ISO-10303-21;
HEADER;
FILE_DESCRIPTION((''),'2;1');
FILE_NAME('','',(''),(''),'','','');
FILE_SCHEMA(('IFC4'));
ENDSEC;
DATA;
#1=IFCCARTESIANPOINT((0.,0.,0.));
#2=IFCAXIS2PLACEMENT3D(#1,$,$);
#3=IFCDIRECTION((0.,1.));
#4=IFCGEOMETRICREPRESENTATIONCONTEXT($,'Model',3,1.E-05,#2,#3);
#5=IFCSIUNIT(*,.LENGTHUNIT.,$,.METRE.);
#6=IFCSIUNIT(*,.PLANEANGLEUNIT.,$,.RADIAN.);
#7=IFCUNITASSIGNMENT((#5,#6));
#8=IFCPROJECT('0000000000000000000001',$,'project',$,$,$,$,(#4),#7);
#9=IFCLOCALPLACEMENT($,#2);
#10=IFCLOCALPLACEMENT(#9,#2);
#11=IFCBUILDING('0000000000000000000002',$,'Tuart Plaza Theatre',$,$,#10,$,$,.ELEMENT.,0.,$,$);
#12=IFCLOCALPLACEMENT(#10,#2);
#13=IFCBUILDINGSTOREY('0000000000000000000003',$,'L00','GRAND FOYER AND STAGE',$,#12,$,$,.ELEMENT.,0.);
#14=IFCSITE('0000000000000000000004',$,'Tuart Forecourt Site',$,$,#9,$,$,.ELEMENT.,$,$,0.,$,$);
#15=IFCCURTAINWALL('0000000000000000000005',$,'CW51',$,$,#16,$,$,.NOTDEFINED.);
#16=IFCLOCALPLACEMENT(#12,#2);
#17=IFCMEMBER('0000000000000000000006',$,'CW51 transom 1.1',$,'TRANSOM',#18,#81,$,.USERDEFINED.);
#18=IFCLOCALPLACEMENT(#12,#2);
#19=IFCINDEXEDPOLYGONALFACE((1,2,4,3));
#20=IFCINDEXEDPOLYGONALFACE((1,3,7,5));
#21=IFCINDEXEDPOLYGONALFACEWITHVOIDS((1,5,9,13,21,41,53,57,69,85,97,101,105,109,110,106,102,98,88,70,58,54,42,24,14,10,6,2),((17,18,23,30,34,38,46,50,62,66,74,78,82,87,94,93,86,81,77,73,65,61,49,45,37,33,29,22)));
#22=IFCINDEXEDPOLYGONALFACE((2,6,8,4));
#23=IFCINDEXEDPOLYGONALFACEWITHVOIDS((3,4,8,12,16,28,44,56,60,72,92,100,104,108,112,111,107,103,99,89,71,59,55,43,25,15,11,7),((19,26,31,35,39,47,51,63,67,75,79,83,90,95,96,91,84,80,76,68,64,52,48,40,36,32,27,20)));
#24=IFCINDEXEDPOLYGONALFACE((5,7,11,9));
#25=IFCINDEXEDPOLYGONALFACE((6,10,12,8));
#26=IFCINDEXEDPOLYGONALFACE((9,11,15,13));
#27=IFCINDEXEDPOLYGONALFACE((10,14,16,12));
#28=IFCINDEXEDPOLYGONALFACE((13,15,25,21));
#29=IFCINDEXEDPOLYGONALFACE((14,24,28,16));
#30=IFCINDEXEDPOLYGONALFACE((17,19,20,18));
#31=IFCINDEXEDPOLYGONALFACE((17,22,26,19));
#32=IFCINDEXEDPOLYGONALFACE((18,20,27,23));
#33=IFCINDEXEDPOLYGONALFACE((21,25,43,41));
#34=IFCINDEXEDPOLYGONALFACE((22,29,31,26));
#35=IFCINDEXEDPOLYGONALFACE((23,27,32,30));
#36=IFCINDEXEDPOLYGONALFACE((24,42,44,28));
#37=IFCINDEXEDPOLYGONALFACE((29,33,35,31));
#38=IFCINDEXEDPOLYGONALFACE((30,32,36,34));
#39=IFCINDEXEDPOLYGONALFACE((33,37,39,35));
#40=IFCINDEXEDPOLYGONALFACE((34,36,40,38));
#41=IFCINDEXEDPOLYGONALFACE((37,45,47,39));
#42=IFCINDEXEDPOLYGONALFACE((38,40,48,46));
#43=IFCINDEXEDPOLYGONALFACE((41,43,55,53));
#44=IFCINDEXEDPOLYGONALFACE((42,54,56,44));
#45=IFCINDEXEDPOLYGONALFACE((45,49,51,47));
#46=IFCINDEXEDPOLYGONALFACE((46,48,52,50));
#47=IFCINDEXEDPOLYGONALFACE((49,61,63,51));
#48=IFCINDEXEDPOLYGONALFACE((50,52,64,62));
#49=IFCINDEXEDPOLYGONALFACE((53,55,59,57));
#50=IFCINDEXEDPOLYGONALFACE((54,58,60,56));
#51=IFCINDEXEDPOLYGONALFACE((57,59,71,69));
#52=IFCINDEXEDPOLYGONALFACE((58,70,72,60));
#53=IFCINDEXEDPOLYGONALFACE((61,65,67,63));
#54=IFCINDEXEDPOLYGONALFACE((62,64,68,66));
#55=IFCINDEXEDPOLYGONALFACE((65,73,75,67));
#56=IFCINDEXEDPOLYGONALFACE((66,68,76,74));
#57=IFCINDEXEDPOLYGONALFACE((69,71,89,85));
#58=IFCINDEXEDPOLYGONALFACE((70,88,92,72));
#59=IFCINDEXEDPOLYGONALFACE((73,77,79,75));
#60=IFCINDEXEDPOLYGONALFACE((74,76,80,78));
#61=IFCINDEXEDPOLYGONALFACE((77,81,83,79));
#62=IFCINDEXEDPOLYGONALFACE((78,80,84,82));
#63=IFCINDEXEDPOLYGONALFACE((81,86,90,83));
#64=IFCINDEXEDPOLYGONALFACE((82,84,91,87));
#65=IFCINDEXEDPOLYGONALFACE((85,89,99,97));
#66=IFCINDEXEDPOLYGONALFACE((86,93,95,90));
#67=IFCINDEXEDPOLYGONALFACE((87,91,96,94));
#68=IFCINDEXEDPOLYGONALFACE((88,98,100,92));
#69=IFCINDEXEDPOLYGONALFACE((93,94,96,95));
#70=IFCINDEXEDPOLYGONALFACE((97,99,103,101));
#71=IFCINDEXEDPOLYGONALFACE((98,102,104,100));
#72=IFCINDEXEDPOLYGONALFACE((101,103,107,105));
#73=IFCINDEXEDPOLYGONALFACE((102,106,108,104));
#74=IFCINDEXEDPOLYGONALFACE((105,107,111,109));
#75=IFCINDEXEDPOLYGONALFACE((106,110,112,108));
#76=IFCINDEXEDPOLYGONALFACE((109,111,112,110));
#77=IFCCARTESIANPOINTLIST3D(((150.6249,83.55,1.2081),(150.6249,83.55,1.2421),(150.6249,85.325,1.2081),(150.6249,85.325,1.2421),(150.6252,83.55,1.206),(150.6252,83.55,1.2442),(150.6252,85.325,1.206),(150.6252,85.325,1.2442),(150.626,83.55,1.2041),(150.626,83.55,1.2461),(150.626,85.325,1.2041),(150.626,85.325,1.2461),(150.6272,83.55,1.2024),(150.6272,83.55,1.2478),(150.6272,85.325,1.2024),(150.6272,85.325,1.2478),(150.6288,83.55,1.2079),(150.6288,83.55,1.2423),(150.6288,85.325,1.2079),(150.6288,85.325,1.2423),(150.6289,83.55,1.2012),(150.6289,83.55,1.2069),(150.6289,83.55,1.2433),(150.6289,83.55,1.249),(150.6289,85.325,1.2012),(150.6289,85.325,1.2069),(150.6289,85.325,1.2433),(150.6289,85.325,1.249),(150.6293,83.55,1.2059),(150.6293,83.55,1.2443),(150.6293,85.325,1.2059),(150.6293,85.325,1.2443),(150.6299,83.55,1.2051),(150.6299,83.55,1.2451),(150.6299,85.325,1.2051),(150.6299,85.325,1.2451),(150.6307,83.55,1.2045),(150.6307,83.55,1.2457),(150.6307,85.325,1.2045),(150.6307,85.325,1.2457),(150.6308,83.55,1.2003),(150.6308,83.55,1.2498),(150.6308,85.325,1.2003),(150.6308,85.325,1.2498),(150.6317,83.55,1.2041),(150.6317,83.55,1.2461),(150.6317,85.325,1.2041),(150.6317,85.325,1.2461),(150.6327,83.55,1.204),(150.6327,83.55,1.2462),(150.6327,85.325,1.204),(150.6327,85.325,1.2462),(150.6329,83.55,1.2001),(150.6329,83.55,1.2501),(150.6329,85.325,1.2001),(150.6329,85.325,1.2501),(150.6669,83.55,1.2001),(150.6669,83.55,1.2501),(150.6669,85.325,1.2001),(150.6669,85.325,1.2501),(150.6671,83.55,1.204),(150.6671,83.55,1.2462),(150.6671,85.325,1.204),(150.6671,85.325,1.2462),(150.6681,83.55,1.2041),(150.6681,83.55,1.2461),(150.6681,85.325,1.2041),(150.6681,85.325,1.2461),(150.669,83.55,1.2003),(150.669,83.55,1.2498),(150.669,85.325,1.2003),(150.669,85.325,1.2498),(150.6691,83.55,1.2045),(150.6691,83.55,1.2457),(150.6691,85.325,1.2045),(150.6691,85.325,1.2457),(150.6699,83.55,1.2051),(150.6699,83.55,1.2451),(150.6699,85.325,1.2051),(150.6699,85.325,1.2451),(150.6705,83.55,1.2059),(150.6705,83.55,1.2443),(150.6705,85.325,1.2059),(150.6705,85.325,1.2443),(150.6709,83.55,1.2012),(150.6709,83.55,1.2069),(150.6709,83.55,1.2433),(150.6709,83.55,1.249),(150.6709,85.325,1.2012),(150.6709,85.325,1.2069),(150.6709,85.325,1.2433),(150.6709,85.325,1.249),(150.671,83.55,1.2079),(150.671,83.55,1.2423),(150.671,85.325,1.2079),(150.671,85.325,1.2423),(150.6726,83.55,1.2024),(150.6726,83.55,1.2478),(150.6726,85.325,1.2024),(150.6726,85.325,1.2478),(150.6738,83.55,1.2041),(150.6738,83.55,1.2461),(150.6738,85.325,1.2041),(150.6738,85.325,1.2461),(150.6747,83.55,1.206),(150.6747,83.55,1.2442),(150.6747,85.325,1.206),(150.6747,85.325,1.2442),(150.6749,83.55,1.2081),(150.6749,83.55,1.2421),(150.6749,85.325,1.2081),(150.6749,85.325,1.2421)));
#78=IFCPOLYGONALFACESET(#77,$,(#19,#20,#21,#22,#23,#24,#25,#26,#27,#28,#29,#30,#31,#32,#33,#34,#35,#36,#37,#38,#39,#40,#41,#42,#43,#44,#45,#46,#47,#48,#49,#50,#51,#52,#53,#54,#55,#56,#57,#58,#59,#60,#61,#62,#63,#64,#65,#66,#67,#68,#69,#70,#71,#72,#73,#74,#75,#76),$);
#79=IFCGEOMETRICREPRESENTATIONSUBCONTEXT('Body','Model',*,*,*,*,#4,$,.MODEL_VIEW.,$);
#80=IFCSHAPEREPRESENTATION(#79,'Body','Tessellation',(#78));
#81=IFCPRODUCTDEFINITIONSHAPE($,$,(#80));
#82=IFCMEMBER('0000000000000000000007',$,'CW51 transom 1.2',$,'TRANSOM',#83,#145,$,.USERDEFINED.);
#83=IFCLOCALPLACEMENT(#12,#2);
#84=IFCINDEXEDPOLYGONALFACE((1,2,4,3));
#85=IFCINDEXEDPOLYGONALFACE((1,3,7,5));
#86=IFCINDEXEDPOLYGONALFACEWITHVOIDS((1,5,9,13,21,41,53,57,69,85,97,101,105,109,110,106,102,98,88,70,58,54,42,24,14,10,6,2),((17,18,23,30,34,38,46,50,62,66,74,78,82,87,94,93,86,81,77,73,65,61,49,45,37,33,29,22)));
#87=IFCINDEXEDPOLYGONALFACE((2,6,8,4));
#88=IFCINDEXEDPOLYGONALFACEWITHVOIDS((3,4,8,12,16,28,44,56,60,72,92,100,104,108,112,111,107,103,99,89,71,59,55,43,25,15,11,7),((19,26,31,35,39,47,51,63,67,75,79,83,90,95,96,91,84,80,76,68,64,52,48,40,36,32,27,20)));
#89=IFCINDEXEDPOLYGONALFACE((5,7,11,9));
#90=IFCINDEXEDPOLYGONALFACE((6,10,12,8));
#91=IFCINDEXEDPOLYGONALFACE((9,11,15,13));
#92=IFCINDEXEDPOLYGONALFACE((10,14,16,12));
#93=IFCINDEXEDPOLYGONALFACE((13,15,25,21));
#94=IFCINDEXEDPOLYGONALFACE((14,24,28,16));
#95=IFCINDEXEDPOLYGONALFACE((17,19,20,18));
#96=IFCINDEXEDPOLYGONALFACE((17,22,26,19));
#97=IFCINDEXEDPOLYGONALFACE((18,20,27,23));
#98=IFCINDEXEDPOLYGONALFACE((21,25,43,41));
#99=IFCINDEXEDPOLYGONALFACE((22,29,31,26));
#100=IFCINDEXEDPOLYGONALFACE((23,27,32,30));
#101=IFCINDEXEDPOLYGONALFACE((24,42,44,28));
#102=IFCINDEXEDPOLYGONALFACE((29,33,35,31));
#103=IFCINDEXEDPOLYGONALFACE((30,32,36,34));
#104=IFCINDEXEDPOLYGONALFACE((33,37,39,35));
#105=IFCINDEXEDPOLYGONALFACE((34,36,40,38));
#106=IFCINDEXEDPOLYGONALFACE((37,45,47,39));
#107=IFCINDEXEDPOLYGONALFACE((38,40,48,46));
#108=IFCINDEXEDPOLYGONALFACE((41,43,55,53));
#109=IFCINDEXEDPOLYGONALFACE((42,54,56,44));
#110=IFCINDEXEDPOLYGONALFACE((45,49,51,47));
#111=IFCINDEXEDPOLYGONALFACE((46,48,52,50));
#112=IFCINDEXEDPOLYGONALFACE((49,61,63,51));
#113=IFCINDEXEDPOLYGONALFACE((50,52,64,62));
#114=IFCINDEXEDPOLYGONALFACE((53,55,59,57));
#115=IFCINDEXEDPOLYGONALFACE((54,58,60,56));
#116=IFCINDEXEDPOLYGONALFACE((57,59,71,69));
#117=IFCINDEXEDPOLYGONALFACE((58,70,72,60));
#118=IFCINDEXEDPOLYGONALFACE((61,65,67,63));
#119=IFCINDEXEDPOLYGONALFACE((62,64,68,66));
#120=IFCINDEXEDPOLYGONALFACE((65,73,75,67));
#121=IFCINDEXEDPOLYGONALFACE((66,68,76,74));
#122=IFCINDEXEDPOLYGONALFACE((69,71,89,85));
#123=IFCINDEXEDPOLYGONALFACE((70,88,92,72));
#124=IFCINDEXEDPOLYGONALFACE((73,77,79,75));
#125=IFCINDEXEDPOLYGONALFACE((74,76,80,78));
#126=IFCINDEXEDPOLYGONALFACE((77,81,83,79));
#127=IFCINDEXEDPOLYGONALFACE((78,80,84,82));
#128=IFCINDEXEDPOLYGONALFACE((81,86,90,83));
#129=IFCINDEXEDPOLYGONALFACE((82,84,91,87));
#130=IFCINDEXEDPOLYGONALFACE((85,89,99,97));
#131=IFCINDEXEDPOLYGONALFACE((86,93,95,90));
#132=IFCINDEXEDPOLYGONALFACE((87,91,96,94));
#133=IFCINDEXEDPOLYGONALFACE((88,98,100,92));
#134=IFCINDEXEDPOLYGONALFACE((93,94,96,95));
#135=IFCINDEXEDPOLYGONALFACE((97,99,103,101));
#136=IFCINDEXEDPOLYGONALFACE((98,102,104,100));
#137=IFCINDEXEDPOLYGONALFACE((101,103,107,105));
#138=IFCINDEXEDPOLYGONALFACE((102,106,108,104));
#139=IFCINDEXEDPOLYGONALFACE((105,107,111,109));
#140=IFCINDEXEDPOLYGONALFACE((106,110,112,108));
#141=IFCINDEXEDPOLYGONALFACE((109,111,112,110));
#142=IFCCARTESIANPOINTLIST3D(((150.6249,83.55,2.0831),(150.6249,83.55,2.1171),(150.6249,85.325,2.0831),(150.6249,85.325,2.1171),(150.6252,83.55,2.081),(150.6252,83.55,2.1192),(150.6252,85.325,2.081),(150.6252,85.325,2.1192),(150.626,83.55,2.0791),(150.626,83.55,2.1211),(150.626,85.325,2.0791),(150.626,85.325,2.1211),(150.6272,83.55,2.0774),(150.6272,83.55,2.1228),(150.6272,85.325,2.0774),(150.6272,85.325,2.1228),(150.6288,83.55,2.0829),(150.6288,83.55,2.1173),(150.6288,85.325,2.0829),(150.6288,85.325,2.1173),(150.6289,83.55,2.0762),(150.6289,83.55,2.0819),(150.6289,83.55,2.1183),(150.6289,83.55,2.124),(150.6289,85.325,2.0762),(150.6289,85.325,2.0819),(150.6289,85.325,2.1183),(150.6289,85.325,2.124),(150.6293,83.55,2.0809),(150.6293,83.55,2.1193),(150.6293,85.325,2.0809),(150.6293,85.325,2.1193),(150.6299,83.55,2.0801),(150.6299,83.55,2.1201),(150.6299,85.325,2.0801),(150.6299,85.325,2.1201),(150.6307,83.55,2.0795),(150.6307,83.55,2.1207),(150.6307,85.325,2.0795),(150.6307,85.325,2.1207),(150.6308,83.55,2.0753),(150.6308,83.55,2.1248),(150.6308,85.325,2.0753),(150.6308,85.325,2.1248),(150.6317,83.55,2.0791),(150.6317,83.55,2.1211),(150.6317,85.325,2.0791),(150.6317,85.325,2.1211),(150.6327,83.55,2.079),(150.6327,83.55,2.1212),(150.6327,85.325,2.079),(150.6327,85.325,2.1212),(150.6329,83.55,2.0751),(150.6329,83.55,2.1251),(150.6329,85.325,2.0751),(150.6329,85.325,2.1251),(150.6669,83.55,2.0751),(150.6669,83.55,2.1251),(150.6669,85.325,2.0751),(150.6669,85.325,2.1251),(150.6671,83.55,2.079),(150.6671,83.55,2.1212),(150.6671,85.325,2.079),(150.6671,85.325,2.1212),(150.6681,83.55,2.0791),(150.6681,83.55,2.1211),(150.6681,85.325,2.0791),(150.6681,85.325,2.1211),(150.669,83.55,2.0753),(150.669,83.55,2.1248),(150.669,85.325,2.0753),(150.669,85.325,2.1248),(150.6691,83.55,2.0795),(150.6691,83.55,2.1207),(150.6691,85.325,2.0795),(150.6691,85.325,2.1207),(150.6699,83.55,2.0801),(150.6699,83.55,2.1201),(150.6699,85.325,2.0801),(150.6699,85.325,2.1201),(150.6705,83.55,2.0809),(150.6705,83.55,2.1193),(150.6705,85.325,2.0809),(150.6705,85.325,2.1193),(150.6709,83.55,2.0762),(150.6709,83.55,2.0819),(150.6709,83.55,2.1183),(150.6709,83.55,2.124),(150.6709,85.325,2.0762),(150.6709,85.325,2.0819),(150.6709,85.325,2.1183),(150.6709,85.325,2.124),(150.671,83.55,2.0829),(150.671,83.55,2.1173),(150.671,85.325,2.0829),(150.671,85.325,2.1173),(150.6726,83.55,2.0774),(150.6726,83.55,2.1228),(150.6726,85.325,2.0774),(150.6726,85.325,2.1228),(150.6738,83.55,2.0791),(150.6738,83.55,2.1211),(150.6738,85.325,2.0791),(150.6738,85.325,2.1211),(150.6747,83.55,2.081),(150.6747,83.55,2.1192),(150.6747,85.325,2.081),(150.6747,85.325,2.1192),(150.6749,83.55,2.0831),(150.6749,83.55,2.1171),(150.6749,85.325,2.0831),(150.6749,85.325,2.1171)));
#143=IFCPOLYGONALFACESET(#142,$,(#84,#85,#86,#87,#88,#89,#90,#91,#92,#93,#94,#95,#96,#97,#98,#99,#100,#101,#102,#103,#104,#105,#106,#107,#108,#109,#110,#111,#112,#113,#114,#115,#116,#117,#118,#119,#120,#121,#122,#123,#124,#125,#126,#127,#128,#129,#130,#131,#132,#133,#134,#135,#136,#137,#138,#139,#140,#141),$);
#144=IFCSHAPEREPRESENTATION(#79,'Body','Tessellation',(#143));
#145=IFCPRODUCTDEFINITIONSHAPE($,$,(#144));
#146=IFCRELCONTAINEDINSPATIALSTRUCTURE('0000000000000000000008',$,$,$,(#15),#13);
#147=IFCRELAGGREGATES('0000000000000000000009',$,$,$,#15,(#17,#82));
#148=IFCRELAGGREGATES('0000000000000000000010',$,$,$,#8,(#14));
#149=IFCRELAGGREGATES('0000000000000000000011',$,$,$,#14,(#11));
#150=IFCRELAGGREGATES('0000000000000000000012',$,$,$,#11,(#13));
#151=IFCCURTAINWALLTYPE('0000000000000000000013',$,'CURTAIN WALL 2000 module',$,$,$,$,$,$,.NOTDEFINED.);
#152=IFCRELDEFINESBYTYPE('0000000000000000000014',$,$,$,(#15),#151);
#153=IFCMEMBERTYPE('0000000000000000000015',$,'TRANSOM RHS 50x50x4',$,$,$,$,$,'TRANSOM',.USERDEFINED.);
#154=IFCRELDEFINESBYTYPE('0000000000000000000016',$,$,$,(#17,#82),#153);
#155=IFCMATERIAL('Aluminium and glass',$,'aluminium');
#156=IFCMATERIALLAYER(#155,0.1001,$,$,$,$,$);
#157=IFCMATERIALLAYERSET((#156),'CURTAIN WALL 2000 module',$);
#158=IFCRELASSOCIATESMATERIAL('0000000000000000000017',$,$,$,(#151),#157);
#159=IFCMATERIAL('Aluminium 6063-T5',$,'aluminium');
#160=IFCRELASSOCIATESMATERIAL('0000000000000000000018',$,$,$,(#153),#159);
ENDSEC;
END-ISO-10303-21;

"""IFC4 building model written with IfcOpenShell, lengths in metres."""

from ifc_helpers import new_model, si_unit, direction, frame, origin, origin_2d, place, context, subcontext, project, spatial, hollow_rectangle, extrude, material, layer, layer_set, material_profile, profile_set, type_object, element, aggregate, save


model = new_model("IFC4")

# Units and contexts
model_context = context("Model", 3, precision=1e-05, world=origin(), true_north=direction((0.0, 1.0)))
body_context = subcontext(model_context, "Body", "Model", "MODEL_VIEW")
ifc_project = project(units=[si_unit("LENGTHUNIT", "METRE"), si_unit("PLANEANGLEUNIT", "RADIAN")], contexts=[model_context])

# Site, building, storey
site_placement = place(None, origin())
site = spatial("IfcSite", under=ifc_project, at=site_placement, Name="Tuart Forecourt Site", CompositionType="ELEMENT", RefElevation=0.0)
building_placement = place(site_placement, origin())
building = spatial("IfcBuilding", under=site, at=building_placement, Name="Tuart Plaza Theatre", CompositionType="ELEMENT", ElevationOfRefHeight=0.0)
storey_placement = place(building_placement, origin())
storey = spatial("IfcBuildingStorey", under=building, at=storey_placement, Name="L00", Description="GRAND FOYER AND STAGE", CompositionType="ELEMENT", Elevation=0.0)

# Curtain wall, members
ifc_material_1 = material(Name="Aluminium and glass", Category="aluminium")
ifc_layer_1 = layer(ifc_material_1, 0.1001)
ifc_layer_set_1 = layer_set([ifc_layer_1], Name="CURTAIN WALL 2000 module")
curtain_wall_type = type_object("IfcCurtainWallType", Name="CURTAIN WALL 2000 module", PredefinedType="NOTDEFINED", material=ifc_layer_set_1)
curtain_wall_placement = place(storey_placement, origin())
curtain_wall = element("IfcCurtainWall", 1, at=curtain_wall_placement, inside=storey, type_object=curtain_wall_type, Name="CW51", PredefinedType="NOTDEFINED")
ifc_material_2 = material(Name="Aluminium 6063-T5", Category="aluminium")
ifc_material_profile_1 = material_profile(ifc_material_2, hollow_rectangle(XDim=0.05, YDim=0.05, WallThickness=0.0039, InnerFilletRadius=0.0039, OuterFilletRadius=0.0081, at=origin_2d()), Name="RHS 50x50x4")
ifc_profile_set_1 = profile_set([ifc_material_profile_1], Name="Aluminium 6063-T5")
member_type_1 = type_object("IfcMemberType", Name="TRANSOM RHS 50x50x4", ElementType="TRANSOM", PredefinedType="USERDEFINED", material=ifc_profile_set_1)
member_1_placement = place(storey_placement, frame((150.6499, 83.55, 1.2251), z_axis=(0.0, 1.0, 0.0), x_axis=(-1.0, 0.0, 0.0)))
member_1 = element("IfcMember", 2, at=member_1_placement, type_object=member_type_1, Name="CW51 transom 1.1", ObjectType="TRANSOM", PredefinedType="USERDEFINED", context=body_context, shape_type="SweptSolid", body=[
    extrude(hollow_rectangle(XDim=0.05, YDim=0.05, WallThickness=0.0039, InnerFilletRadius=0.0039, OuterFilletRadius=0.0081, at=origin_2d()), origin(), (0.0, 0.0, 1.0), 1.7749),
])
member_2_placement = place(storey_placement, frame((150.6499, 83.55, 2.1001), z_axis=(0.0, 1.0, 0.0), x_axis=(-1.0, 0.0, 0.0)))
member_2 = element("IfcMember", 3, at=member_2_placement, type_object=member_type_1, Name="CW51 transom 1.2", ObjectType="TRANSOM", PredefinedType="USERDEFINED", context=body_context, shape_type="SweptSolid", body=[
    extrude(hollow_rectangle(XDim=0.05, YDim=0.05, WallThickness=0.0039, InnerFilletRadius=0.0039, OuterFilletRadius=0.0081, at=origin_2d()), origin(), (0.0, 0.0, 1.0), 1.7749),
])
aggregate(curtain_wall, [member_1, member_2])

save(model, "model.ifc")
